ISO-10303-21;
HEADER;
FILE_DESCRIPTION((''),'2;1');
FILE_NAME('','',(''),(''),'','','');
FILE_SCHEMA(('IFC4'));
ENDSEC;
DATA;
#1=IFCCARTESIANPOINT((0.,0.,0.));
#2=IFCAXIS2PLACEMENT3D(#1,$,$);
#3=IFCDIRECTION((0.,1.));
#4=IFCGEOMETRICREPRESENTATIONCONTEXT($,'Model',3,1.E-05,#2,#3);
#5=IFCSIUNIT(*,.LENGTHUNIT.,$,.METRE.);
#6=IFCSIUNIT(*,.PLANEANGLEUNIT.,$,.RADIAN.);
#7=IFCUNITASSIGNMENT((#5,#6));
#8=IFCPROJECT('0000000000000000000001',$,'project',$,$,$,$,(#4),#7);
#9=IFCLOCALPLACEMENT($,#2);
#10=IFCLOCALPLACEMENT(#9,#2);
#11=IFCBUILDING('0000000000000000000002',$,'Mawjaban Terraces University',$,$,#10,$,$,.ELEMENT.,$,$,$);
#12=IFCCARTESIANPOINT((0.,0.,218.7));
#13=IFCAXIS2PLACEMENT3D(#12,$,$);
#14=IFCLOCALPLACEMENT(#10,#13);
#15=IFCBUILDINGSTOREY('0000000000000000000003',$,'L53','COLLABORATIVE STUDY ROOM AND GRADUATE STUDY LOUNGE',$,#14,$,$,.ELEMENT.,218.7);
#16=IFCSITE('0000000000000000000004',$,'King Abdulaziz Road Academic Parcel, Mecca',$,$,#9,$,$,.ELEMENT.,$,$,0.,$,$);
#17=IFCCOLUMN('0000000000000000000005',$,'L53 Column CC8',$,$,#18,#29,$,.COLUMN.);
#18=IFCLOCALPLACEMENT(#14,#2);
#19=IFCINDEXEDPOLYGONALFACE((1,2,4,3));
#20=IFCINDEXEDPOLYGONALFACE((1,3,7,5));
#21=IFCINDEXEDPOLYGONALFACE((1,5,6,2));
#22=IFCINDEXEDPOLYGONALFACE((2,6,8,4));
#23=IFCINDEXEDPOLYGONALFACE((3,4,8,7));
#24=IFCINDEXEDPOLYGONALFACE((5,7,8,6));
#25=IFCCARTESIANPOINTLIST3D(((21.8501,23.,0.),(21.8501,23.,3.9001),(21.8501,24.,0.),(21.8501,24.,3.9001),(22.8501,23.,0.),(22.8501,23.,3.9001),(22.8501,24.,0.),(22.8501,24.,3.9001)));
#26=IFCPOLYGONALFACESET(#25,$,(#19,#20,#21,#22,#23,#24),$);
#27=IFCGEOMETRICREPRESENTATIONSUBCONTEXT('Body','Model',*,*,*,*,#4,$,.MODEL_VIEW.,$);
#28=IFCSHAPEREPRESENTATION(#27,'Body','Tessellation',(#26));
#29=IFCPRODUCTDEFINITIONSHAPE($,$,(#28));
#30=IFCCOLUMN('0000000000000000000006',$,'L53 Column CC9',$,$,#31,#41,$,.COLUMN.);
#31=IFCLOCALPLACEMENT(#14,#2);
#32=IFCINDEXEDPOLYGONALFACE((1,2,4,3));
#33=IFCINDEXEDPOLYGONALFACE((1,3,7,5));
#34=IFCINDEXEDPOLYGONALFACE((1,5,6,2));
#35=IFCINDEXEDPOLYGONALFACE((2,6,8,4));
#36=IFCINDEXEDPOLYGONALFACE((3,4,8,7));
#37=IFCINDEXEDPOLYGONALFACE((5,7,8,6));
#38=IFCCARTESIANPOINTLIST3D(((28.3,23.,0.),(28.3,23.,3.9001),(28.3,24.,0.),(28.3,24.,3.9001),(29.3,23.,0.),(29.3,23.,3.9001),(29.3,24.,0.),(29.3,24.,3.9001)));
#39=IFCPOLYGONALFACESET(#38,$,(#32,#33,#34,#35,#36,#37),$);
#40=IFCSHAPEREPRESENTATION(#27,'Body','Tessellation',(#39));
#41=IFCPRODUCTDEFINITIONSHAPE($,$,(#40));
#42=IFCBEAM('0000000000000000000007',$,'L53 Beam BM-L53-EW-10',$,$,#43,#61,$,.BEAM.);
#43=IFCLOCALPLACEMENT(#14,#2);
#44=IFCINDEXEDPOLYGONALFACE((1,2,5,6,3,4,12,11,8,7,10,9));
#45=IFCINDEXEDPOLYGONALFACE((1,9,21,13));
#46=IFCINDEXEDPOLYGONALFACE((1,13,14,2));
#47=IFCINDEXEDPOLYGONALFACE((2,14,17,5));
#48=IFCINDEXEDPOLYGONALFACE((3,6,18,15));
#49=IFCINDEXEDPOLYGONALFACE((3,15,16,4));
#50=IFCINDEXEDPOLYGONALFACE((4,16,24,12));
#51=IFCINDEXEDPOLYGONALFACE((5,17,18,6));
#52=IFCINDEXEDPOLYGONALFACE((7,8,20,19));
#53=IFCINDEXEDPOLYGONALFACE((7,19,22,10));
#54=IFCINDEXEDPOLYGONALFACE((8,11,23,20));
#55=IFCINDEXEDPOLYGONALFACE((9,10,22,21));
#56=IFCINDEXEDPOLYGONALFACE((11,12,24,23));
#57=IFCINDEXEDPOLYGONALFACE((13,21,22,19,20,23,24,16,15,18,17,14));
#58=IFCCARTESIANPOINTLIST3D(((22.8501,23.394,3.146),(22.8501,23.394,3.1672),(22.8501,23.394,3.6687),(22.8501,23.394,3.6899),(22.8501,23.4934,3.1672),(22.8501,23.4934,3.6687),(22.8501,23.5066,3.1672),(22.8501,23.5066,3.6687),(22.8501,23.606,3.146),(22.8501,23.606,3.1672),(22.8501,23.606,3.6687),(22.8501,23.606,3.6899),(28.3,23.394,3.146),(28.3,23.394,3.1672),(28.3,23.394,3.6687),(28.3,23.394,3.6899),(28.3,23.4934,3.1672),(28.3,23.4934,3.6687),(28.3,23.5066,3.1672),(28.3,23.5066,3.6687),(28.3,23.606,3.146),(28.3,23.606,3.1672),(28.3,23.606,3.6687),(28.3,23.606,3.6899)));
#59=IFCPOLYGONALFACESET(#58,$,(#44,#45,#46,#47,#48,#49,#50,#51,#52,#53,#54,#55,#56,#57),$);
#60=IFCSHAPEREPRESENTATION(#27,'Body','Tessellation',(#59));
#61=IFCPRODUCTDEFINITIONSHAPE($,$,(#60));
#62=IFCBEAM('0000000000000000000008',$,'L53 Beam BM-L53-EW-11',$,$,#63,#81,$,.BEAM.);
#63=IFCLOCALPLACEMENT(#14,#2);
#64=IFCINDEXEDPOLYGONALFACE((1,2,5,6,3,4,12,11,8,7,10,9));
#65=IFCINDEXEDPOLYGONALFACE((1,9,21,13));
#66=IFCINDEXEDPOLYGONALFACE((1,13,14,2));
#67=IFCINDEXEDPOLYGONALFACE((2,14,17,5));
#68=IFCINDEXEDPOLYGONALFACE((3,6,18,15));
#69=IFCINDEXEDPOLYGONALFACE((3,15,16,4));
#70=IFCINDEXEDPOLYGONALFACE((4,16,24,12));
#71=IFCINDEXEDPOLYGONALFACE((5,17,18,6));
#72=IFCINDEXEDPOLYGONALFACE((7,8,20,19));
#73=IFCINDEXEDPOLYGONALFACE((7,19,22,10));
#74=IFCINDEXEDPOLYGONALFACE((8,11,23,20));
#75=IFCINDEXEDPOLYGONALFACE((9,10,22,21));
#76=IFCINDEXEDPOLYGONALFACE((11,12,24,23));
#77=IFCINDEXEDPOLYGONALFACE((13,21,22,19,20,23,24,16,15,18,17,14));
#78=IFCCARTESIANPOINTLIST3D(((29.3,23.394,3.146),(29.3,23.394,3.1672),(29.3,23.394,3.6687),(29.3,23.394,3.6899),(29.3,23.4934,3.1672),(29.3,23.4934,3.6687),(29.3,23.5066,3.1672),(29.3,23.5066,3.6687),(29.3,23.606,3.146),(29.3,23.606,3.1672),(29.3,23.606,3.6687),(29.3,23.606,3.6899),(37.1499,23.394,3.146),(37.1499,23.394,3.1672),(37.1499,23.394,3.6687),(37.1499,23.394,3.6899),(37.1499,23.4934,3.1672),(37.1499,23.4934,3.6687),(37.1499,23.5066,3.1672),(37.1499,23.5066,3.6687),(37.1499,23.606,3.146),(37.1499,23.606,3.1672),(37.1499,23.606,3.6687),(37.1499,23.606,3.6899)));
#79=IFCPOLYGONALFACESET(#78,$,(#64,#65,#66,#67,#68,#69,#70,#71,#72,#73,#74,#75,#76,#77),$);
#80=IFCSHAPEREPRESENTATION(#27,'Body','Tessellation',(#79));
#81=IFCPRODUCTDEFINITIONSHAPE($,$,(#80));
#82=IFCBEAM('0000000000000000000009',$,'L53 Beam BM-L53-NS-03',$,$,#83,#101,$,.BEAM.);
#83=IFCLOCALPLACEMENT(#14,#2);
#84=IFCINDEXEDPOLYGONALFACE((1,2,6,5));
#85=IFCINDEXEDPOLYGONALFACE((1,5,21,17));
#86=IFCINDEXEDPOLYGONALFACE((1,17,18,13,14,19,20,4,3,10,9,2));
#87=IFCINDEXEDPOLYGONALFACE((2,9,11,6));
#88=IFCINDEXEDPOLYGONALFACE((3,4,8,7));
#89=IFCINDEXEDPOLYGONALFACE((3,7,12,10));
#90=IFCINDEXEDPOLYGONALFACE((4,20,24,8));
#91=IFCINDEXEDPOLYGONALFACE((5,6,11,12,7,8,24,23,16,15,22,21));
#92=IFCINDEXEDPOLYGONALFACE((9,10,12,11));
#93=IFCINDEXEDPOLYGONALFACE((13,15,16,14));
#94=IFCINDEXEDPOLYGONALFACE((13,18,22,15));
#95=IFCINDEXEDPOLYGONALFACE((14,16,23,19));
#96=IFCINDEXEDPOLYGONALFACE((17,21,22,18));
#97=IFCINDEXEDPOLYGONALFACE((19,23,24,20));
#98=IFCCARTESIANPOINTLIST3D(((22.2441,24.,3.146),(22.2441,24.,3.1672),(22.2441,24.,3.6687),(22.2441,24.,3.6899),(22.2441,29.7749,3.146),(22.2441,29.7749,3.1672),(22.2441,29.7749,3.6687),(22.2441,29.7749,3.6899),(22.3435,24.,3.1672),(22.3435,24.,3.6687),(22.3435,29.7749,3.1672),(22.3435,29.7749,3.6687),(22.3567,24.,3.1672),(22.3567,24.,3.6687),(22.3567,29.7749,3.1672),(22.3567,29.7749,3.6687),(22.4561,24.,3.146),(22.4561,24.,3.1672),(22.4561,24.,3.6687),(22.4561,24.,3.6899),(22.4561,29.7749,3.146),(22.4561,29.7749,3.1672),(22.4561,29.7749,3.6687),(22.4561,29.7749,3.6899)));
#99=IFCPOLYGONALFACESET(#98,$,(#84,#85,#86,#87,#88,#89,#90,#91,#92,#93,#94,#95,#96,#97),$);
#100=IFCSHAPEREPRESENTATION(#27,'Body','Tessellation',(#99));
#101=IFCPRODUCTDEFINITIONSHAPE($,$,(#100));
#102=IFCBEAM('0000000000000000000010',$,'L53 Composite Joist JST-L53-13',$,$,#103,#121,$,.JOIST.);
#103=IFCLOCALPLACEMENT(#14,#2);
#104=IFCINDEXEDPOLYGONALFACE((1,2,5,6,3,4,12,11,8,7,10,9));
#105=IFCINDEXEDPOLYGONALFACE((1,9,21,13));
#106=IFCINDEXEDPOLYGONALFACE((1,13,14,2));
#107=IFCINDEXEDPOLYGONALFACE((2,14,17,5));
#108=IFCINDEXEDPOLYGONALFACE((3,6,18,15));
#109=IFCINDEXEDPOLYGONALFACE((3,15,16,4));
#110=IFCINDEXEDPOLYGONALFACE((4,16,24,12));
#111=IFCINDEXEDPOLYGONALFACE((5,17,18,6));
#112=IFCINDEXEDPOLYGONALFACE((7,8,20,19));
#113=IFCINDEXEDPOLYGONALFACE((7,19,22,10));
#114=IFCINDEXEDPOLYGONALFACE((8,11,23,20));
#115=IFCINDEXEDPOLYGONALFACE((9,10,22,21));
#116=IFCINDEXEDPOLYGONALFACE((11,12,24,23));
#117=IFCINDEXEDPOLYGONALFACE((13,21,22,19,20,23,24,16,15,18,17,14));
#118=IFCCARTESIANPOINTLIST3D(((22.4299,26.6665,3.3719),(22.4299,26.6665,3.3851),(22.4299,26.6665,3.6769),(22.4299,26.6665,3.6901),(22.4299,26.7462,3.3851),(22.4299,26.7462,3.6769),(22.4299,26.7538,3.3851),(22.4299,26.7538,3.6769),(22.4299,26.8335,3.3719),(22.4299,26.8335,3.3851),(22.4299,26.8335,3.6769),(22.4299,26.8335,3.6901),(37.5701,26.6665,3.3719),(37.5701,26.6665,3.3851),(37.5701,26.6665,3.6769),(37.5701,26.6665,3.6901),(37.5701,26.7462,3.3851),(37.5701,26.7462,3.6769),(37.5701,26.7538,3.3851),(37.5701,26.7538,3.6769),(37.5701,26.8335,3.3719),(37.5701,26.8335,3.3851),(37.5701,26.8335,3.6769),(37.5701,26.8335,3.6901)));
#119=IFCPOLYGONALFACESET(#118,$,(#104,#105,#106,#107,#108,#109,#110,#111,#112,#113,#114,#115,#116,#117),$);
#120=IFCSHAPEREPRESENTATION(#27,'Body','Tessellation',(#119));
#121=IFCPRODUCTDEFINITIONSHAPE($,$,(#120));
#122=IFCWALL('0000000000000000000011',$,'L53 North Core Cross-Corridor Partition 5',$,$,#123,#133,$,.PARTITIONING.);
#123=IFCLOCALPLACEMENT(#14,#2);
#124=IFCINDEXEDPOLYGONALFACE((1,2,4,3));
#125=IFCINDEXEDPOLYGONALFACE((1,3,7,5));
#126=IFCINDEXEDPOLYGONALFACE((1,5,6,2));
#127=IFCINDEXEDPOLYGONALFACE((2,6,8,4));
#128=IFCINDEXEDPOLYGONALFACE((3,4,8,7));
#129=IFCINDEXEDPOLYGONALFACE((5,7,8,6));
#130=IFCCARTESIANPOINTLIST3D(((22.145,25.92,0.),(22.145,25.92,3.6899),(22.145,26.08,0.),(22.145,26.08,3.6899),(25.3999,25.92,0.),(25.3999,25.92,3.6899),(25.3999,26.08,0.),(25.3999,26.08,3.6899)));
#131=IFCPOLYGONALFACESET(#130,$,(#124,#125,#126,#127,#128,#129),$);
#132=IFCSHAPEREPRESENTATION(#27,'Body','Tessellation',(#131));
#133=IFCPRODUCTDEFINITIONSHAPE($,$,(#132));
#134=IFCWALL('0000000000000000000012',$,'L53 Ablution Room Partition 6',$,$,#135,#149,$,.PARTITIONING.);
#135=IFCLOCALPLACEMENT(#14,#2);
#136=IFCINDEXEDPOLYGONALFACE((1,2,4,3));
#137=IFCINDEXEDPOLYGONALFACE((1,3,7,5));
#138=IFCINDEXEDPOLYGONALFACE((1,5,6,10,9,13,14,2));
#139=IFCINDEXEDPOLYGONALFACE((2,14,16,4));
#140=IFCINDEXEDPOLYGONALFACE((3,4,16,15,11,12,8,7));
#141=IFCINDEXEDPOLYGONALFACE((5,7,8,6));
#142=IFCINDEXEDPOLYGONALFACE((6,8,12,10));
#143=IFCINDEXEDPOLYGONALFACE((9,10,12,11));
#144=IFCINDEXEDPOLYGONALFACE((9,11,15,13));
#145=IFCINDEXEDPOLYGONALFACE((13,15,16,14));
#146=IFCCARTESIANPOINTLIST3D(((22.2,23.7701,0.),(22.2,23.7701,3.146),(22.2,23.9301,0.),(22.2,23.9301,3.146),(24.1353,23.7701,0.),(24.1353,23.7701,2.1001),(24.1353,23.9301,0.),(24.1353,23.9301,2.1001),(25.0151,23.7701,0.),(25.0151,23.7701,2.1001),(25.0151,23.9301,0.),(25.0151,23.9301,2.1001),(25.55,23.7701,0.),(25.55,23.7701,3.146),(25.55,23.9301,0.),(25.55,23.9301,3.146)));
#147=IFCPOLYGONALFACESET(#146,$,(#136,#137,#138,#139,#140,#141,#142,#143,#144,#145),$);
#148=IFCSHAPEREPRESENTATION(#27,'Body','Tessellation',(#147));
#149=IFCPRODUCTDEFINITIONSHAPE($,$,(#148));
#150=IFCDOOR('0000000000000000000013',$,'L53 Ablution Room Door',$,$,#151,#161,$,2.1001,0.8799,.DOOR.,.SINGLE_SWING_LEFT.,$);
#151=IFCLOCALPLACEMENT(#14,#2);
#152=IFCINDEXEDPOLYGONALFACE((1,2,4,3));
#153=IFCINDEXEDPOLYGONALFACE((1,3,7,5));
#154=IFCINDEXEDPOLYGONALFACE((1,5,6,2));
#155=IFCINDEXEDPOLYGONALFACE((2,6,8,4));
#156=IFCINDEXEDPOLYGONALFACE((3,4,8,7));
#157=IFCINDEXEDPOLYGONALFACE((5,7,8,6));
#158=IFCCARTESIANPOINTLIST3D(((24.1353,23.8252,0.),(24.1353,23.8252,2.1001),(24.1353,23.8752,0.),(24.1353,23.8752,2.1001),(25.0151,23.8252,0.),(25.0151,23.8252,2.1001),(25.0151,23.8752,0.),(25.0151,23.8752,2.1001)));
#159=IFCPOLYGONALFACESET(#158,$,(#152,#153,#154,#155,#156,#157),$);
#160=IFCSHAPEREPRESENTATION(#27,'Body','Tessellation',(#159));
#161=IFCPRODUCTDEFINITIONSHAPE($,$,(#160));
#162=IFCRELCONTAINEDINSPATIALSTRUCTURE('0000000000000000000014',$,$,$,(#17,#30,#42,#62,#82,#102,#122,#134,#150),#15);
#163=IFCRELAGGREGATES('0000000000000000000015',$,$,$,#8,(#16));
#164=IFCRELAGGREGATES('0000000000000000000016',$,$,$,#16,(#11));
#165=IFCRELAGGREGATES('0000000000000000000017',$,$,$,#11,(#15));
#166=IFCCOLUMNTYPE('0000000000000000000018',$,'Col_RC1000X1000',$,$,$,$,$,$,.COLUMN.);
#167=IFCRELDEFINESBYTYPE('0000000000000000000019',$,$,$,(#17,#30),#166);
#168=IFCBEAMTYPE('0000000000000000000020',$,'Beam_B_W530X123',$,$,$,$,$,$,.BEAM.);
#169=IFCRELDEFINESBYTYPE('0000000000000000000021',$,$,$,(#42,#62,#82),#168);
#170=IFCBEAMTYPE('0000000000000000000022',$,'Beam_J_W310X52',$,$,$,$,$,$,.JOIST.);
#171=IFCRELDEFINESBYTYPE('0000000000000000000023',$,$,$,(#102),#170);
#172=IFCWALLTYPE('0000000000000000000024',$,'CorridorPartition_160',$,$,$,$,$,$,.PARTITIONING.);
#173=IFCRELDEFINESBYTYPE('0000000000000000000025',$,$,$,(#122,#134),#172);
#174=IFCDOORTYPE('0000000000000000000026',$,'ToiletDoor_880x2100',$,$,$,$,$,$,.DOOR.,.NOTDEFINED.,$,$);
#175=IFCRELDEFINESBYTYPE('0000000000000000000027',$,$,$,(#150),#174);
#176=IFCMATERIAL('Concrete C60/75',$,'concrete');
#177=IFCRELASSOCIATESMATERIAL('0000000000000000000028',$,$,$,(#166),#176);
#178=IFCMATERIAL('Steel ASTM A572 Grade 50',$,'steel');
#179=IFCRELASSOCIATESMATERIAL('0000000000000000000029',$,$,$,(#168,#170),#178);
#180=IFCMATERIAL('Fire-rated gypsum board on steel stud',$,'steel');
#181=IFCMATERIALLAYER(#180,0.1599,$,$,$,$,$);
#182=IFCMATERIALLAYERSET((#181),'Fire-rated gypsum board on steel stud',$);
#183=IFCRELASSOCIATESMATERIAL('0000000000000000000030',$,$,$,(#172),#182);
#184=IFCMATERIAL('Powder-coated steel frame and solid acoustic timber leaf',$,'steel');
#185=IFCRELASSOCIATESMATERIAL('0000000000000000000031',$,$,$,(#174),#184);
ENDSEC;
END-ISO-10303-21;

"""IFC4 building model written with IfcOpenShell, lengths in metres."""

from ifc_helpers import new_model, si_unit, direction, frame, frame_2d, origin, origin_2d, place, context, subcontext, project, spatial, rectangle, i_section, extrude, material, layer, layer_set, material_profile, profile_set, type_object, element, fill, save


model = new_model("IFC4")

# Units and contexts
model_context = context("Model", 3, precision=1e-05, world=origin(), true_north=direction((0.0, 1.0)))
body_context = subcontext(model_context, "Body", "Model", "MODEL_VIEW")
ifc_project = project(units=[si_unit("LENGTHUNIT", "METRE"), si_unit("PLANEANGLEUNIT", "RADIAN")], contexts=[model_context])

# Site, building, storey
site_placement = place(None, origin())
site = spatial("IfcSite", under=ifc_project, at=site_placement, Name="King Abdulaziz Road Academic Parcel, Mecca", CompositionType="ELEMENT", RefElevation=0.0)
building_placement = place(site_placement, origin())
building = spatial("IfcBuilding", under=site, at=building_placement, Name="Mawjaban Terraces University", CompositionType="ELEMENT")
storey_placement = place(building_placement, frame((0.0, 0.0, 218.7)))
storey = spatial("IfcBuildingStorey", under=building, at=storey_placement, Name="L53", Description="COLLABORATIVE STUDY ROOM AND GRADUATE STUDY LOUNGE", CompositionType="ELEMENT", Elevation=218.7)

# Columns
ifc_material_1 = material(Name="Concrete C60/75", Category="concrete")
ifc_material_profile_1 = material_profile(ifc_material_1, rectangle(XDim=1.0, YDim=1.0, at=origin_2d()), Name="RC1000X1000")
ifc_profile_set_1 = profile_set([ifc_material_profile_1], Name="Concrete C60/75")
column_type = type_object("IfcColumnType", Name="Col_RC1000X1000", PredefinedType="COLUMN", material=ifc_profile_set_1)
for number, where, z_axis, x_axis, name in (
    (1, (22.3501, 23.5, 0.0), (0.0, 0.0, 1.0), (1.0, 0.0, 0.0), "L53 Column CC8"),
    (2, (28.8, 23.5, 0.0), (0.0, 0.0, 1.0), (1.0, 0.0, 0.0), "L53 Column CC9"),
):
    element("IfcColumn", number, at=place(storey_placement, frame(where, z_axis=z_axis, x_axis=x_axis)), inside=storey, type_object=column_type, Name=name, PredefinedType="COLUMN", context=body_context, shape_type="SweptSolid", body=[
        extrude(rectangle(XDim=1.0, YDim=1.0, at=origin_2d()), origin(), (0.0, 0.0, 1.0), 3.9001),
    ])

# Beams
ifc_material_2 = material(Name="Steel ASTM A572 Grade 50", Category="steel")
ifc_material_profile_2 = material_profile(ifc_material_2, i_section(OverallWidth=0.2119, OverallDepth=0.5439, WebThickness=0.0132, FlangeThickness=0.0212, at=origin_2d()), Name="W530X123")
ifc_profile_set_2 = profile_set([ifc_material_profile_2], Name="Steel ASTM A572 Grade 50")
beam_type_1 = type_object("IfcBeamType", Name="Beam_B_W530X123", PredefinedType="BEAM", material=ifc_profile_set_2)
beam_1_placement = place(storey_placement, frame((22.8501, 23.5, 3.418), z_axis=(1.0, 0.0, 0.0), x_axis=(0.0, 1.0, 0.0)))
element("IfcBeam", 3, at=beam_1_placement, inside=storey, type_object=beam_type_1, Name="L53 Beam BM-L53-EW-10", PredefinedType="BEAM", context=body_context, shape_type="SweptSolid", body=[
    extrude(i_section(OverallWidth=0.2119, OverallDepth=0.5439, WebThickness=0.0132, FlangeThickness=0.0212, at=origin_2d()), origin(), (0.0, 0.0, 1.0), 5.45),
])
beam_2_placement = place(storey_placement, frame((29.3, 23.5, 3.418), z_axis=(1.0, 0.0, 0.0), x_axis=(0.0, 1.0, 0.0)))
element("IfcBeam", 4, at=beam_2_placement, inside=storey, type_object=beam_type_1, Name="L53 Beam BM-L53-EW-11", PredefinedType="BEAM", context=body_context, shape_type="SweptSolid", body=[
    extrude(i_section(OverallWidth=0.2119, OverallDepth=0.5439, WebThickness=0.0132, FlangeThickness=0.0212, at=origin_2d()), origin(), (0.0, 0.0, 1.0), 7.8499),
])
beam_3_placement = place(storey_placement, frame((22.3501, 24.0, 3.418), z_axis=(0.0, 1.0, 0.0), x_axis=(-1.0, 0.0, 0.0)))
element("IfcBeam", 5, at=beam_3_placement, inside=storey, type_object=beam_type_1, Name="L53 Beam BM-L53-NS-03", PredefinedType="BEAM", context=body_context, shape_type="SweptSolid", body=[
    extrude(i_section(OverallWidth=0.2119, OverallDepth=0.5439, WebThickness=0.0132, FlangeThickness=0.0212, at=origin_2d()), origin(), (0.0, 0.0, 1.0), 5.7749),
])
ifc_material_profile_3 = material_profile(ifc_material_2, i_section(OverallWidth=0.167, OverallDepth=0.3181, WebThickness=0.0076, FlangeThickness=0.0132, at=origin_2d()), Name="W310X52")
ifc_profile_set_3 = profile_set([ifc_material_profile_3], Name="Steel ASTM A572 Grade 50")
beam_type_2 = type_object("IfcBeamType", Name="Beam_J_W310X52", PredefinedType="JOIST", material=ifc_profile_set_3)
beam_4_placement = place(storey_placement, frame((22.4299, 26.75, 3.531), z_axis=(1.0, 0.0, 0.0), x_axis=(0.0, 1.0, 0.0)))
element("IfcBeam", 6, at=beam_4_placement, inside=storey, type_object=beam_type_2, Name="L53 Composite Joist JST-L53-13", PredefinedType="JOIST", context=body_context, shape_type="SweptSolid", body=[
    extrude(i_section(OverallWidth=0.167, OverallDepth=0.3181, WebThickness=0.0076, FlangeThickness=0.0132, at=origin_2d()), origin(), (0.0, 0.0, 1.0), 15.1401),
])

# Wall
ifc_material_3 = material(Name="Fire-rated gypsum board on steel stud", Category="steel")
ifc_layer_1 = layer(ifc_material_3, 0.1599)
ifc_layer_set_1 = layer_set([ifc_layer_1], Name="Fire-rated gypsum board on steel stud")
wall_type_1 = type_object("IfcWallType", Name="CorridorPartition_160", PredefinedType="PARTITIONING", material=ifc_layer_set_1)
wall_1_placement = place(storey_placement, frame((25.3999, 26.0, 0.0), z_axis=(0.0, 0.0, 1.0), x_axis=(-1.0, 0.0, 0.0)))
element("IfcWall", 7, at=wall_1_placement, inside=storey, type_object=wall_type_1, Name="L53 North Core Cross-Corridor Partition 5", PredefinedType="PARTITIONING", context=body_context, shape_type="SweptSolid", body=[
    extrude(rectangle(XDim=3.2549, YDim=0.1599, at=frame_2d((1.6274, 0.0))), origin(), (0.0, 0.0, 1.0), 3.6899),
])

# Wall, opening, door
wall_2_placement = place(storey_placement, frame((25.55, 23.8501, 0.0), z_axis=(0.0, 0.0, 1.0), x_axis=(-1.0, 0.0, 0.0)))
wall_2 = element("IfcWall", 8, at=wall_2_placement, inside=storey, type_object=wall_type_1, Name="L53 Ablution Room Partition 6", PredefinedType="PARTITIONING", context=body_context, shape_type="SweptSolid", body=[
    extrude(rectangle(XDim=3.3501, YDim=0.1599, at=frame_2d((1.675, 0.0))), origin(), (0.0, 0.0, 1.0), 3.146),
])
opening_1_placement = place(wall_2_placement, frame((0.5349, 0.0, 0.0)))
opening_1 = element("IfcOpeningElement", 9, at=opening_1_placement, cuts=wall_2, PredefinedType="OPENING", context=body_context, shape_type="SweptSolid", body=[
    extrude(rectangle(XDim=0.8799, YDim=2.1001, at=frame_2d((0.4399, 1.05))), frame((0.0, 0.0898, 0.0), z_axis=(0.0, -1.0, 0.0), x_axis=(1.0, 0.0, 0.0)), (0.0, 0.0, 1.0), 0.1799),
])
ifc_material_4 = material(Name="Powder-coated steel frame and solid acoustic timber leaf", Category="steel")
door_type_1 = type_object("IfcDoorType", Name="ToiletDoor_880x2100", OperationType="NOTDEFINED", PredefinedType="DOOR", material=ifc_material_4)
door_1_placement = place(opening_1_placement, origin())
door_1 = element("IfcDoor", 10, at=door_1_placement, inside=storey, type_object=door_type_1, Name="L53 Ablution Room Door", OperationType="SINGLE_SWING_LEFT", OverallHeight=2.1001, OverallWidth=0.8799, PredefinedType="DOOR", context=body_context, shape_type="SweptSolid", body=[
    extrude(rectangle(XDim=0.8799, YDim=2.1001, at=frame_2d((0.4399, 1.05))), frame((0.0, 0.0249, 0.0), z_axis=(0.0, -1.0, 0.0), x_axis=(1.0, 0.0, 0.0)), (0.0, 0.0, 1.0), 0.05),
])
fill(opening_1, door_1)

save(model, "model.ifc")
